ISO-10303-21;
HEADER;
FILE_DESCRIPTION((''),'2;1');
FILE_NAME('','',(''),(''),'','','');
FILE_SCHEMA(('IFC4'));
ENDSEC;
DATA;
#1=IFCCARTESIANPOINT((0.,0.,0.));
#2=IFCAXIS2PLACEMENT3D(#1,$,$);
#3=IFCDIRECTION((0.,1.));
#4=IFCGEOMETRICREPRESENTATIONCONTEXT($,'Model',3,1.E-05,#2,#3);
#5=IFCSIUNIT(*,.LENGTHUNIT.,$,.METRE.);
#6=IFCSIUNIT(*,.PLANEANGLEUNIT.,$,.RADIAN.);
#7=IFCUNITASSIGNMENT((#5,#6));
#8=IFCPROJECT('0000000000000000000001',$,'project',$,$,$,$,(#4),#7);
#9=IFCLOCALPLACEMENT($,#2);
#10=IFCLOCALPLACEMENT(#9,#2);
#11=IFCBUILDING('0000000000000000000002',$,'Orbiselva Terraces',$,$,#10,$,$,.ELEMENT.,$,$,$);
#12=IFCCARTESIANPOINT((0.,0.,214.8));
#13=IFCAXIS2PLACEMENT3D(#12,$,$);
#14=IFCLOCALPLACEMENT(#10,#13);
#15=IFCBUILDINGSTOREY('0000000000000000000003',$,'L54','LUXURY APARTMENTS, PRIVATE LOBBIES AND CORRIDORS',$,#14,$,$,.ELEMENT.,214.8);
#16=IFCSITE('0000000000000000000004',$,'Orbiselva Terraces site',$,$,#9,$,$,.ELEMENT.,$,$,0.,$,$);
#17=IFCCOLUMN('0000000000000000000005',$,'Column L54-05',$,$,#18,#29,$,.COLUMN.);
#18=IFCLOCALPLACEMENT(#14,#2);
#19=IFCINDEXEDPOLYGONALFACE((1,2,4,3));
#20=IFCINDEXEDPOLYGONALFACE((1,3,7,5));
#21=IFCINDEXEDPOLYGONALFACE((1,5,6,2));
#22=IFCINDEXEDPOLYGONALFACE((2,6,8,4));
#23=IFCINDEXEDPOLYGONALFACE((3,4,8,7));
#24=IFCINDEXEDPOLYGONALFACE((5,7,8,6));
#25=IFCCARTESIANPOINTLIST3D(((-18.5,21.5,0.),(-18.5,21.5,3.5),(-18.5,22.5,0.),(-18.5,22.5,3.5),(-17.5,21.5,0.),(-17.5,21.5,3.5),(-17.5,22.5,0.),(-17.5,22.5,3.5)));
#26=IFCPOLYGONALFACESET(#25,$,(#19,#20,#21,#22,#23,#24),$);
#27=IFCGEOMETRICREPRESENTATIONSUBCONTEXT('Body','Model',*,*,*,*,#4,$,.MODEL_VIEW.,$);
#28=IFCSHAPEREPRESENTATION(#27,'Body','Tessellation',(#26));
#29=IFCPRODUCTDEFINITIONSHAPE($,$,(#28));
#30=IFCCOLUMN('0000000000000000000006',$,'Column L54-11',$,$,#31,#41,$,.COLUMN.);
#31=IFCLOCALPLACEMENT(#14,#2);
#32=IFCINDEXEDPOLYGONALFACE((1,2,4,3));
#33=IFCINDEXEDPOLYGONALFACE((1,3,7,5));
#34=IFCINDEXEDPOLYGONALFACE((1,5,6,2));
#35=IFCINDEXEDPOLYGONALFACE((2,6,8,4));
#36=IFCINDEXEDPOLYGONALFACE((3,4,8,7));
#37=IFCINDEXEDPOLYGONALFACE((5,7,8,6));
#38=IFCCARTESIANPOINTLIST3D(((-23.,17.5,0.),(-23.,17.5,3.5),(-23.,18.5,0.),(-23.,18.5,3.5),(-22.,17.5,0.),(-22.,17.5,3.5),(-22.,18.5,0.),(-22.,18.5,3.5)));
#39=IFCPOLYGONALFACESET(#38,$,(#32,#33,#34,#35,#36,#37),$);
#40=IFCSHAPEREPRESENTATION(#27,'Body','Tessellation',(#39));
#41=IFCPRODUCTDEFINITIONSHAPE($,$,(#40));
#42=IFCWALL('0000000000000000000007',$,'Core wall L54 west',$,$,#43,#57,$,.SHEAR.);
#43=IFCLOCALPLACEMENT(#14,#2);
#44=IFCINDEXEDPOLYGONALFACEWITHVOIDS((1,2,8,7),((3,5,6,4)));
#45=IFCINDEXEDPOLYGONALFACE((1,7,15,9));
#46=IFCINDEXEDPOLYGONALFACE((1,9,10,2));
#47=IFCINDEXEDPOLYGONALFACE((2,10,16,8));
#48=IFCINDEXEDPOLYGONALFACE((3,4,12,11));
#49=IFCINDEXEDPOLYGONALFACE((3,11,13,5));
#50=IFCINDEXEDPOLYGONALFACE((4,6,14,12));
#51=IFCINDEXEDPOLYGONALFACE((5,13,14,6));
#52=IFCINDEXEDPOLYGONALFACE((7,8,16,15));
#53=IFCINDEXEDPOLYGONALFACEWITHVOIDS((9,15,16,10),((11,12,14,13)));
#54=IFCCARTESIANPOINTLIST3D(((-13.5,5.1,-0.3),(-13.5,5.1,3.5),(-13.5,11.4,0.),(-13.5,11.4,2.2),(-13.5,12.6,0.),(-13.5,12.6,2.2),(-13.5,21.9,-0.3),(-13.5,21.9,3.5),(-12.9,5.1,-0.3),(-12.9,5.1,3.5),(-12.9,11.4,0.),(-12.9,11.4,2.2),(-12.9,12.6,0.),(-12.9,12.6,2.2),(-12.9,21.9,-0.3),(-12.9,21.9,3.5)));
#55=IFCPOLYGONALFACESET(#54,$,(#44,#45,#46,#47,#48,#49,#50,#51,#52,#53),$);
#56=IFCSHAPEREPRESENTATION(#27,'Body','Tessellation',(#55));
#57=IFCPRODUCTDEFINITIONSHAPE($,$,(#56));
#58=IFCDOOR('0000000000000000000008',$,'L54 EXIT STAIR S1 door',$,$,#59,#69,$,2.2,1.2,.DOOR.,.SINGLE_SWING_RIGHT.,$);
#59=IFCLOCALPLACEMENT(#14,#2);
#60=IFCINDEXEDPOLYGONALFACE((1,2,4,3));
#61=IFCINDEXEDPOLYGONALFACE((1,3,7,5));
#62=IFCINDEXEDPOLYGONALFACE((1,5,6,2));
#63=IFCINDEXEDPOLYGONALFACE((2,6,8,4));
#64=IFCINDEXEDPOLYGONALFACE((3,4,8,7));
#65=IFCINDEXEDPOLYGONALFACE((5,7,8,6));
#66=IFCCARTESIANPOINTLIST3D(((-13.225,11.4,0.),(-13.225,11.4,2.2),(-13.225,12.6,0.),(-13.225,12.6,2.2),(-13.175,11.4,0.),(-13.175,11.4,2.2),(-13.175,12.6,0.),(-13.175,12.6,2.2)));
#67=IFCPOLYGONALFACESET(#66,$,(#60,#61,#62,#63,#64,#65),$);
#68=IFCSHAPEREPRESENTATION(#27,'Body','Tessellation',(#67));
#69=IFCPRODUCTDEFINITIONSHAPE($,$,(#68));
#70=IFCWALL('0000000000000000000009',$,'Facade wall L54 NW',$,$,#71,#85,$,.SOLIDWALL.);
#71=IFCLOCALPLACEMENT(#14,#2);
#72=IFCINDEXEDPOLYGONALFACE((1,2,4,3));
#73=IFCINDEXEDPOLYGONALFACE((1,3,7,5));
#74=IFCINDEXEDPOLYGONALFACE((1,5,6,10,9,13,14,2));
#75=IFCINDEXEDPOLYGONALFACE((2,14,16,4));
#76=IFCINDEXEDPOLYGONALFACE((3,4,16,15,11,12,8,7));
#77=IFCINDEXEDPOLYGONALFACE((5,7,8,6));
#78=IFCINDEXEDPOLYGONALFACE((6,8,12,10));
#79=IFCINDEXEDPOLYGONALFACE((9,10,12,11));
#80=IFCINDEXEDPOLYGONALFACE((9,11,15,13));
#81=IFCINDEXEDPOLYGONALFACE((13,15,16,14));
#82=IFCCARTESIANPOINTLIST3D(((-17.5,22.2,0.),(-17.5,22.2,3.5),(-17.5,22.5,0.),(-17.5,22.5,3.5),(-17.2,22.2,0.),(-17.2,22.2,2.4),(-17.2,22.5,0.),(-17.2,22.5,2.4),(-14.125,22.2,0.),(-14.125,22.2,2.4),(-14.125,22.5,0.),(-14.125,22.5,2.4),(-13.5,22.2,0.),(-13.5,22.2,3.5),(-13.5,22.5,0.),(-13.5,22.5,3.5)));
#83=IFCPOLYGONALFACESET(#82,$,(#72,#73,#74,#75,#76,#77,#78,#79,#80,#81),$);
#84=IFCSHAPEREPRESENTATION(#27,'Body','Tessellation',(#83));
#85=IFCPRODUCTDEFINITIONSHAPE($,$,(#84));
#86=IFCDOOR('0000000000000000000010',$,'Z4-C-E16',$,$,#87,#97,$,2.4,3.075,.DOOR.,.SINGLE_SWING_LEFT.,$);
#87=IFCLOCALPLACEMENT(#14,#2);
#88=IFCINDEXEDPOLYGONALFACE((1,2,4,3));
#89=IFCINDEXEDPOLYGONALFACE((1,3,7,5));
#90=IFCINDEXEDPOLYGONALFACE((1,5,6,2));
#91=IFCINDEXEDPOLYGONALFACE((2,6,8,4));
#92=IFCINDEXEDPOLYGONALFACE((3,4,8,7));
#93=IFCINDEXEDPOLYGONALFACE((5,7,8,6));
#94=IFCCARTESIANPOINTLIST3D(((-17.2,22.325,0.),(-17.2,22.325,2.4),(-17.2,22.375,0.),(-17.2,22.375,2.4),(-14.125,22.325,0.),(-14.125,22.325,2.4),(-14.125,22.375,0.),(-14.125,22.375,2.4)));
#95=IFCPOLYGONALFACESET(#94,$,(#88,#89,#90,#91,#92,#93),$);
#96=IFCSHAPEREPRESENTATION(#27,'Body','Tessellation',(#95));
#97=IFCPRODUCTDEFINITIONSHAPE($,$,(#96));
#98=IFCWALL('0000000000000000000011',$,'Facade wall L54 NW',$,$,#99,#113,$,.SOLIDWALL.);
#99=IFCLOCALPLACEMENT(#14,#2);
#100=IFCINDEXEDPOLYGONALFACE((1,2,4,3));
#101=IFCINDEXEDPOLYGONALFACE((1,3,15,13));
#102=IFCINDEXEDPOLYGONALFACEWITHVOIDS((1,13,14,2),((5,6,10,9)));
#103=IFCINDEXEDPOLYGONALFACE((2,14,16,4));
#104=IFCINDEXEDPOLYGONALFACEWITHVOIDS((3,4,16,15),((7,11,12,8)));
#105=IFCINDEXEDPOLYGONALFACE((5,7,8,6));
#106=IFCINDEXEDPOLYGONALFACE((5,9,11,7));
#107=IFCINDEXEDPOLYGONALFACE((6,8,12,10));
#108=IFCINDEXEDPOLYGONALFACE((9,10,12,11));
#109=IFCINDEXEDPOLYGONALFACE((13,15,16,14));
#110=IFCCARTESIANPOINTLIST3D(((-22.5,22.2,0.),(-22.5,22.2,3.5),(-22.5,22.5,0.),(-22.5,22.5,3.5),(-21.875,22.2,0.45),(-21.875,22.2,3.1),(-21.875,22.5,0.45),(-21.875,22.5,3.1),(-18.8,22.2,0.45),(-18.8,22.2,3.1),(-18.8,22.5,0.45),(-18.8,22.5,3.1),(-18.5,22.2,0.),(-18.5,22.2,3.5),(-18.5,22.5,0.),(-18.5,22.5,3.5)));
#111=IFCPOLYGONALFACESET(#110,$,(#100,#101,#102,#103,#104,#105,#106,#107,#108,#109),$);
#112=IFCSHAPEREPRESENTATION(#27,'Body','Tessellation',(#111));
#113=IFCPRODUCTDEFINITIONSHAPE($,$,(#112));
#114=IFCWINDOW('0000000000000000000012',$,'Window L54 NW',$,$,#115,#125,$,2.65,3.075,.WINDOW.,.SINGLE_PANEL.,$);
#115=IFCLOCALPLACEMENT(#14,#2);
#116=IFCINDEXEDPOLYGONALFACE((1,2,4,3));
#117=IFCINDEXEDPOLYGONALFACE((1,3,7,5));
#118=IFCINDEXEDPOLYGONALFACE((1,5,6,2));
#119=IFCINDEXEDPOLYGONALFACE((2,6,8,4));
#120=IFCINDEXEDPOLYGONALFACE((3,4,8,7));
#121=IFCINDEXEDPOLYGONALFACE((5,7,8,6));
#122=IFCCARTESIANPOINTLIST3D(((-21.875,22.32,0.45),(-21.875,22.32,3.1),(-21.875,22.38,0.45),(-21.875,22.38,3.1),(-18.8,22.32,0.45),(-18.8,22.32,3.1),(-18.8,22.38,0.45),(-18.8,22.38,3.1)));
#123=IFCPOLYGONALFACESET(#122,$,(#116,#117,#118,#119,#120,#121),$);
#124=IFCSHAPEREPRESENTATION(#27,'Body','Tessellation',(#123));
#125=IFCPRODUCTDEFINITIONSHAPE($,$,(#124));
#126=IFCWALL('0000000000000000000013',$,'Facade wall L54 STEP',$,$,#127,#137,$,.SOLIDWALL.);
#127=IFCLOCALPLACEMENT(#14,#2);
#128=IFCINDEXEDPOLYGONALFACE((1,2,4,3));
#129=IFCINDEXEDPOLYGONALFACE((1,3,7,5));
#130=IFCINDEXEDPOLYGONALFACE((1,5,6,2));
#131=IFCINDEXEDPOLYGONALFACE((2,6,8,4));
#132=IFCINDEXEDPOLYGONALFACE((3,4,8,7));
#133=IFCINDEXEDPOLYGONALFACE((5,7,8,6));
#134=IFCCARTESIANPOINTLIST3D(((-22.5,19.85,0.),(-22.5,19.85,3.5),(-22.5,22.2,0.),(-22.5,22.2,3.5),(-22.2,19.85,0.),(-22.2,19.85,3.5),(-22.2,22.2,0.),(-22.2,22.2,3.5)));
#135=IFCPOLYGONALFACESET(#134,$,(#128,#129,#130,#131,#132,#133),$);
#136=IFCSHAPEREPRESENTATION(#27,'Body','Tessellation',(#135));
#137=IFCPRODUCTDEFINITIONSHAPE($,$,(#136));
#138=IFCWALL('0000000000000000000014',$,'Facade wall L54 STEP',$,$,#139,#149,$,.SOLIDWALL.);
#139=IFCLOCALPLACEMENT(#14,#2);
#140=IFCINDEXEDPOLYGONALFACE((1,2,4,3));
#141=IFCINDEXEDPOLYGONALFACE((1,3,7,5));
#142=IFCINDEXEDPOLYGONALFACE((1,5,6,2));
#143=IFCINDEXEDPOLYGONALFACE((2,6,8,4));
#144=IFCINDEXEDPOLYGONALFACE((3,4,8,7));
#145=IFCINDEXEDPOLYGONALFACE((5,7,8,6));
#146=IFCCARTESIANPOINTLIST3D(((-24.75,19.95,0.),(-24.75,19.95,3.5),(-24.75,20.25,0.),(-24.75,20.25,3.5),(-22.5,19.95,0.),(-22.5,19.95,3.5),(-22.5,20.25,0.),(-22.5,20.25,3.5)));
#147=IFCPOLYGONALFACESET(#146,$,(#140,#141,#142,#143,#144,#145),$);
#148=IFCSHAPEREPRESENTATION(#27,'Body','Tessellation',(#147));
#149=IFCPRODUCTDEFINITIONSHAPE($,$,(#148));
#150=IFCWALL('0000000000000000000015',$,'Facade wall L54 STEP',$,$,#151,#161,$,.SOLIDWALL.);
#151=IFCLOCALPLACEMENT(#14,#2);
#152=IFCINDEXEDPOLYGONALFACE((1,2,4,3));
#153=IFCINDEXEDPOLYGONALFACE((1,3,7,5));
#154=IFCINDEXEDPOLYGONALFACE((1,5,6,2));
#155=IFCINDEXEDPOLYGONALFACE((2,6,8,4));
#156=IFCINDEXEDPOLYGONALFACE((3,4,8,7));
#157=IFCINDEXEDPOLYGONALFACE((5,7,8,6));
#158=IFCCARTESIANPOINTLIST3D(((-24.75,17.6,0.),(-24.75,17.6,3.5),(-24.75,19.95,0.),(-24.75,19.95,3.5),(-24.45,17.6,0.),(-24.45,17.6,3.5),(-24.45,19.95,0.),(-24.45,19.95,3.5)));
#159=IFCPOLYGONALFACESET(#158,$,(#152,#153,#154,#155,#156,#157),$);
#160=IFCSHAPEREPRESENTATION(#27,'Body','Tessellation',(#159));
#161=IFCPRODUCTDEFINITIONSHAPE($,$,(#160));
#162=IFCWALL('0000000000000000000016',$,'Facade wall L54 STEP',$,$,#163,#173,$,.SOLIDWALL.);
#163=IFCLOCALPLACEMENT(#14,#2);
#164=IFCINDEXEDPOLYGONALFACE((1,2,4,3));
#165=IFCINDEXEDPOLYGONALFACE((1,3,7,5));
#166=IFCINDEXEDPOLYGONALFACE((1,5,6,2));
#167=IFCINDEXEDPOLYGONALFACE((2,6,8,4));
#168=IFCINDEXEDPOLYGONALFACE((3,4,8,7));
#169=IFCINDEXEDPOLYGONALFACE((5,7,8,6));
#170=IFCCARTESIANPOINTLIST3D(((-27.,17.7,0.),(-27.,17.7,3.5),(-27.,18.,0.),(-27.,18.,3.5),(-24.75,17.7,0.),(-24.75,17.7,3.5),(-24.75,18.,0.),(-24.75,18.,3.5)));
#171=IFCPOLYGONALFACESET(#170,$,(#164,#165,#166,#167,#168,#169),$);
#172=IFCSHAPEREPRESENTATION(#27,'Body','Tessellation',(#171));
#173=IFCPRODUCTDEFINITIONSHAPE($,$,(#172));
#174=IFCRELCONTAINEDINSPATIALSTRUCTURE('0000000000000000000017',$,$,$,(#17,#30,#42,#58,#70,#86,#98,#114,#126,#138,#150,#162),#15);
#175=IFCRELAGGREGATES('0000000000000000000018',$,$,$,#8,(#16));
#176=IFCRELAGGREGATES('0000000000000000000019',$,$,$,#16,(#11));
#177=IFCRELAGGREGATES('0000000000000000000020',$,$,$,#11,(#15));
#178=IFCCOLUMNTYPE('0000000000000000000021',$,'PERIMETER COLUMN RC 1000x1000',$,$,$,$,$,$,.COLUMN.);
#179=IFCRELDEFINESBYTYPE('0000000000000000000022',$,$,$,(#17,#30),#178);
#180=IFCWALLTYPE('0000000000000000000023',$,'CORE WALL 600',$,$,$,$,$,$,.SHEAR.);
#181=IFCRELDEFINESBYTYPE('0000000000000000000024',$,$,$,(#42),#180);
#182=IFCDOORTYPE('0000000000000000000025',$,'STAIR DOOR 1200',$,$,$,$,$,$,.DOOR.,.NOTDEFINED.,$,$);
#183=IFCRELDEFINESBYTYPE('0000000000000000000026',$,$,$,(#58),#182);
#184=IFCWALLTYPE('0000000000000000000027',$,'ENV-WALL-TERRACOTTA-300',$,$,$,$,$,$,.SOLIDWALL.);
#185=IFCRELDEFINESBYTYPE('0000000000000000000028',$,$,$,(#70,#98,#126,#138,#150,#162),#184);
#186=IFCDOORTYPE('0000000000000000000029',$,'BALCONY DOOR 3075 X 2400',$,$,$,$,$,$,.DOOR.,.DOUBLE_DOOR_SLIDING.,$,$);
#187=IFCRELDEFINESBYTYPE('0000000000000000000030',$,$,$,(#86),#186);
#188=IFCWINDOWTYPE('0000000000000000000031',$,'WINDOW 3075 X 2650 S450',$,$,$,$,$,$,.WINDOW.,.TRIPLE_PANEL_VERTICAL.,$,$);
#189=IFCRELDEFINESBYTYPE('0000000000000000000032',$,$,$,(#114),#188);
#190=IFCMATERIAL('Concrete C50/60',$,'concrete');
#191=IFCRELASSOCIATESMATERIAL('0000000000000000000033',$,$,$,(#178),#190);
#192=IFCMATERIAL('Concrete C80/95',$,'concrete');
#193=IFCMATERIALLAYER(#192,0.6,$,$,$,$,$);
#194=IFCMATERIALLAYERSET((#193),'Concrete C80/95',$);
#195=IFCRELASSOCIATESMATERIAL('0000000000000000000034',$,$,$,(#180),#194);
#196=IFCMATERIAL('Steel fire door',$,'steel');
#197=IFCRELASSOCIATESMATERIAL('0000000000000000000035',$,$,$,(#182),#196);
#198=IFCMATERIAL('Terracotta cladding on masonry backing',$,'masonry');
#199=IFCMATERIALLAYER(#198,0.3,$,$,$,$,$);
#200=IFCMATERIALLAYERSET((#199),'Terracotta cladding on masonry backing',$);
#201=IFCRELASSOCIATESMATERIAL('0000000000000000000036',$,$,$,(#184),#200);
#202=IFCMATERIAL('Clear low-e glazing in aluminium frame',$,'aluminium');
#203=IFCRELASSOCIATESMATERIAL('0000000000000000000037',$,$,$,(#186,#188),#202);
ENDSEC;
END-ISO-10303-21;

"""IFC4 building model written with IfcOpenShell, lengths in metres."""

from ifc_helpers import new_model, si_unit, direction, frame, frame_2d, origin, origin_2d, place, context, subcontext, project, spatial, rectangle, extrude, material, layer, layer_set, material_profile, profile_set, type_object, element, fill, save


model = new_model("IFC4")

# Units and contexts
model_context = context("Model", 3, precision=1e-05, world=origin(), true_north=direction((0.0, 1.0)))
body_context = subcontext(model_context, "Body", "Model", "MODEL_VIEW")
ifc_project = project(units=[si_unit("LENGTHUNIT", "METRE"), si_unit("PLANEANGLEUNIT", "RADIAN")], contexts=[model_context])

# Site, building, storey
site_placement = place(None, origin())
site = spatial("IfcSite", under=ifc_project, at=site_placement, Name="Orbiselva Terraces site", CompositionType="ELEMENT", RefElevation=0.0)
building_placement = place(site_placement, origin())
building = spatial("IfcBuilding", under=site, at=building_placement, Name="Orbiselva Terraces", CompositionType="ELEMENT")
storey_placement = place(building_placement, frame((0.0, 0.0, 214.8)))
storey = spatial("IfcBuildingStorey", under=building, at=storey_placement, Name="L54", Description="LUXURY APARTMENTS, PRIVATE LOBBIES AND CORRIDORS", CompositionType="ELEMENT", Elevation=214.8)

# Columns
ifc_material_1 = material(Name="Concrete C50/60", Category="concrete")
ifc_material_profile = material_profile(ifc_material_1, rectangle(XDim=1.0, YDim=1.0, at=origin_2d()), Name="RC 1000x1000")
ifc_profile_set = profile_set([ifc_material_profile], Name="Concrete C50/60")
column_type = type_object("IfcColumnType", Name="PERIMETER COLUMN RC 1000x1000", PredefinedType="COLUMN", material=ifc_profile_set)
for number, where, z_axis, x_axis, name in (
    (1, (-18.0, 22.0, 0.0), (0.0, 0.0, 1.0), (1.0, 0.0, 0.0), "Column L54-05"),
    (2, (-22.5, 18.0, 0.0), (0.0, 0.0, 1.0), (1.0, 0.0, 0.0), "Column L54-11"),
):
    element("IfcColumn", number, at=place(storey_placement, frame(where, z_axis=z_axis, x_axis=x_axis)), inside=storey, type_object=column_type, Name=name, PredefinedType="COLUMN", context=body_context, shape_type="SweptSolid", body=[
        extrude(rectangle(XDim=1.0, YDim=1.0, at=origin_2d()), origin(), (0.0, 0.0, 1.0), 3.5),
    ])

# Walls, openings, doors
ifc_material_2 = material(Name="Concrete C80/95", Category="concrete")
ifc_layer_1 = layer(ifc_material_2, 0.6)
ifc_layer_set_1 = layer_set([ifc_layer_1], Name="Concrete C80/95")
wall_type_1 = type_object("IfcWallType", Name="CORE WALL 600", PredefinedType="SHEAR", material=ifc_layer_set_1)
wall_1_placement = place(storey_placement, frame((-13.2, 21.9, -0.3), z_axis=(0.0, 0.0, 1.0), x_axis=(0.0, -1.0, 0.0)))
wall_1 = element("IfcWall", 3, at=wall_1_placement, inside=storey, type_object=wall_type_1, Name="Core wall L54 west", PredefinedType="SHEAR", context=body_context, shape_type="SweptSolid", body=[
    extrude(rectangle(XDim=16.8, YDim=0.6, at=frame_2d((8.4, 0.0))), origin(), (0.0, 0.0, 1.0), 3.8),
])
opening_1_placement = place(wall_1_placement, frame((9.3, 0.0, 0.3)))
opening_1 = element("IfcOpeningElement", 4, at=opening_1_placement, cuts=wall_1, PredefinedType="OPENING", context=body_context, shape_type="SweptSolid", body=[
    extrude(rectangle(XDim=1.2, YDim=2.2, at=frame_2d((0.6, 1.1))), frame((0.0, 0.31, 0.0), z_axis=(0.0, -1.0, 0.0), x_axis=(1.0, 0.0, 0.0)), (0.0, 0.0, 1.0), 0.62),
])
ifc_material_3 = material(Name="Steel fire door", Category="steel")
door_type_1 = type_object("IfcDoorType", Name="STAIR DOOR 1200", OperationType="NOTDEFINED", PredefinedType="DOOR", material=ifc_material_3)
door_1_placement = place(opening_1_placement, frame((1.2, 0.0, 0.0), z_axis=(0.0, 0.0, 1.0), x_axis=(-1.0, 0.0, 0.0)))
door_1 = element("IfcDoor", 5, at=door_1_placement, inside=storey, type_object=door_type_1, Name="L54 EXIT STAIR S1 door", OperationType="SINGLE_SWING_RIGHT", OverallHeight=2.2, OverallWidth=1.2, PredefinedType="DOOR", context=body_context, shape_type="SweptSolid", body=[
    extrude(rectangle(XDim=1.2, YDim=2.2, at=frame_2d((0.6, 1.1))), frame((0.0, 0.025, 0.0), z_axis=(0.0, -1.0, 0.0), x_axis=(1.0, 0.0, 0.0)), (0.0, 0.0, 1.0), 0.05),
])
fill(opening_1, door_1)
ifc_material_4 = material(Name="Terracotta cladding on masonry backing", Category="masonry")
ifc_layer_2 = layer(ifc_material_4, 0.3)
ifc_layer_set_2 = layer_set([ifc_layer_2], Name="Terracotta cladding on masonry backing")
wall_type_2 = type_object("IfcWallType", Name="ENV-WALL-TERRACOTTA-300", PredefinedType="SOLIDWALL", material=ifc_layer_set_2)
wall_2_placement = place(storey_placement, frame((-17.5, 22.35, 0.0), z_axis=(0.0, 0.0, 1.0), x_axis=(1.0, 0.0, 0.0)))
wall_2 = element("IfcWall", 6, at=wall_2_placement, inside=storey, type_object=wall_type_2, Name="Facade wall L54 NW", PredefinedType="SOLIDWALL", context=body_context, shape_type="SweptSolid", body=[
    extrude(rectangle(XDim=4.0, YDim=0.3, at=frame_2d((2.0, 0.0))), origin(), (0.0, 0.0, 1.0), 3.5),
])
opening_2_placement = place(wall_2_placement, frame((0.3, 0.0, 0.0)))
opening_2 = element("IfcOpeningElement", 7, at=opening_2_placement, cuts=wall_2, PredefinedType="OPENING", context=body_context, shape_type="SweptSolid", body=[
    extrude(rectangle(XDim=3.075, YDim=2.4, at=frame_2d((1.5375, 1.2))), frame((0.0, 0.16, 0.0), z_axis=(0.0, -1.0, 0.0), x_axis=(1.0, 0.0, 0.0)), (0.0, 0.0, 1.0), 0.32),
])
ifc_material_5 = material(Name="Clear low-e glazing in aluminium frame", Category="aluminium")
door_type_2 = type_object("IfcDoorType", Name="BALCONY DOOR 3075 X 2400", OperationType="DOUBLE_DOOR_SLIDING", PredefinedType="DOOR", material=ifc_material_5)
door_2_placement = place(opening_2_placement, origin())
door_2 = element("IfcDoor", 8, at=door_2_placement, inside=storey, type_object=door_type_2, Name="Z4-C-E16", OperationType="SINGLE_SWING_LEFT", OverallHeight=2.4, OverallWidth=3.075, PredefinedType="DOOR", context=body_context, shape_type="SweptSolid", body=[
    extrude(rectangle(XDim=3.075, YDim=2.4, at=frame_2d((1.5375, 1.2))), frame((0.0, 0.025, 0.0), z_axis=(0.0, -1.0, 0.0), x_axis=(1.0, 0.0, 0.0)), (0.0, 0.0, 1.0), 0.05),
])
fill(opening_2, door_2)

# Wall, opening, window
wall_3_placement = place(storey_placement, frame((-22.5, 22.35, 0.0), z_axis=(0.0, 0.0, 1.0), x_axis=(1.0, 0.0, 0.0)))
wall_3 = element("IfcWall", 9, at=wall_3_placement, inside=storey, type_object=wall_type_2, Name="Facade wall L54 NW", PredefinedType="SOLIDWALL", context=body_context, shape_type="SweptSolid", body=[
    extrude(rectangle(XDim=4.0, YDim=0.3, at=frame_2d((2.0, 0.0))), origin(), (0.0, 0.0, 1.0), 3.5),
])
opening_3_placement = place(wall_3_placement, frame((0.625, 0.0, 0.45)))
opening_3 = element("IfcOpeningElement", 10, at=opening_3_placement, cuts=wall_3, PredefinedType="OPENING", context=body_context, shape_type="SweptSolid", body=[
    extrude(rectangle(XDim=3.075, YDim=2.65, at=frame_2d((1.5375, 1.325))), frame((0.0, 0.16, 0.0), z_axis=(0.0, -1.0, 0.0), x_axis=(1.0, 0.0, 0.0)), (0.0, 0.0, 1.0), 0.32),
])
window_type = type_object("IfcWindowType", Name="WINDOW 3075 X 2650 S450", PartitioningType="TRIPLE_PANEL_VERTICAL", PredefinedType="WINDOW", material=ifc_material_5)
window_placement = place(opening_3_placement, origin())
window = element("IfcWindow", 11, at=window_placement, inside=storey, type_object=window_type, Name="Window L54 NW", OverallHeight=2.65, OverallWidth=3.075, PartitioningType="SINGLE_PANEL", PredefinedType="WINDOW", context=body_context, shape_type="SweptSolid", body=[
    extrude(rectangle(XDim=3.075, YDim=2.65, at=frame_2d((1.5375, 1.325))), frame((0.0, 0.03, 0.0), z_axis=(0.0, -1.0, 0.0), x_axis=(1.0, 0.0, 0.0)), (0.0, 0.0, 1.0), 0.06),
])
fill(opening_3, window)

# Walls
wall_4_placement = place(storey_placement, frame((-22.35, 19.85, 0.0), z_axis=(0.0, 0.0, 1.0), x_axis=(0.0, 1.0, 0.0)))
element("IfcWall", 12, at=wall_4_placement, inside=storey, type_object=wall_type_2, Name="Facade wall L54 STEP", PredefinedType="SOLIDWALL", context=body_context, shape_type="SweptSolid", body=[
    extrude(rectangle(XDim=2.35, YDim=0.3, at=frame_2d((1.175, 0.0))), origin(), (0.0, 0.0, 1.0), 3.5),
])
wall_5_placement = place(storey_placement, frame((-24.75, 20.1, 0.0), z_axis=(0.0, 0.0, 1.0), x_axis=(1.0, 0.0, 0.0)))
element("IfcWall", 13, at=wall_5_placement, inside=storey, type_object=wall_type_2, Name="Facade wall L54 STEP", PredefinedType="SOLIDWALL", context=body_context, shape_type="SweptSolid", body=[
    extrude(rectangle(XDim=2.25, YDim=0.3, at=frame_2d((1.125, 0.0))), origin(), (0.0, 0.0, 1.0), 3.5),
])
wall_6_placement = place(storey_placement, frame((-24.6, 17.6, 0.0), z_axis=(0.0, 0.0, 1.0), x_axis=(0.0, 1.0, 0.0)))
element("IfcWall", 14, at=wall_6_placement, inside=storey, type_object=wall_type_2, Name="Facade wall L54 STEP", PredefinedType="SOLIDWALL", context=body_context, shape_type="SweptSolid", body=[
    extrude(rectangle(XDim=2.35, YDim=0.3, at=frame_2d((1.175, 0.0))), origin(), (0.0, 0.0, 1.0), 3.5),
])
wall_7_placement = place(storey_placement, frame((-27.0, 17.85, 0.0), z_axis=(0.0, 0.0, 1.0), x_axis=(1.0, 0.0, 0.0)))
element("IfcWall", 15, at=wall_7_placement, inside=storey, type_object=wall_type_2, Name="Facade wall L54 STEP", PredefinedType="SOLIDWALL", context=body_context, shape_type="SweptSolid", body=[
    extrude(rectangle(XDim=2.25, YDim=0.3, at=frame_2d((1.125, 0.0))), origin(), (0.0, 0.0, 1.0), 3.5),
])

save(model, "model.ifc")
